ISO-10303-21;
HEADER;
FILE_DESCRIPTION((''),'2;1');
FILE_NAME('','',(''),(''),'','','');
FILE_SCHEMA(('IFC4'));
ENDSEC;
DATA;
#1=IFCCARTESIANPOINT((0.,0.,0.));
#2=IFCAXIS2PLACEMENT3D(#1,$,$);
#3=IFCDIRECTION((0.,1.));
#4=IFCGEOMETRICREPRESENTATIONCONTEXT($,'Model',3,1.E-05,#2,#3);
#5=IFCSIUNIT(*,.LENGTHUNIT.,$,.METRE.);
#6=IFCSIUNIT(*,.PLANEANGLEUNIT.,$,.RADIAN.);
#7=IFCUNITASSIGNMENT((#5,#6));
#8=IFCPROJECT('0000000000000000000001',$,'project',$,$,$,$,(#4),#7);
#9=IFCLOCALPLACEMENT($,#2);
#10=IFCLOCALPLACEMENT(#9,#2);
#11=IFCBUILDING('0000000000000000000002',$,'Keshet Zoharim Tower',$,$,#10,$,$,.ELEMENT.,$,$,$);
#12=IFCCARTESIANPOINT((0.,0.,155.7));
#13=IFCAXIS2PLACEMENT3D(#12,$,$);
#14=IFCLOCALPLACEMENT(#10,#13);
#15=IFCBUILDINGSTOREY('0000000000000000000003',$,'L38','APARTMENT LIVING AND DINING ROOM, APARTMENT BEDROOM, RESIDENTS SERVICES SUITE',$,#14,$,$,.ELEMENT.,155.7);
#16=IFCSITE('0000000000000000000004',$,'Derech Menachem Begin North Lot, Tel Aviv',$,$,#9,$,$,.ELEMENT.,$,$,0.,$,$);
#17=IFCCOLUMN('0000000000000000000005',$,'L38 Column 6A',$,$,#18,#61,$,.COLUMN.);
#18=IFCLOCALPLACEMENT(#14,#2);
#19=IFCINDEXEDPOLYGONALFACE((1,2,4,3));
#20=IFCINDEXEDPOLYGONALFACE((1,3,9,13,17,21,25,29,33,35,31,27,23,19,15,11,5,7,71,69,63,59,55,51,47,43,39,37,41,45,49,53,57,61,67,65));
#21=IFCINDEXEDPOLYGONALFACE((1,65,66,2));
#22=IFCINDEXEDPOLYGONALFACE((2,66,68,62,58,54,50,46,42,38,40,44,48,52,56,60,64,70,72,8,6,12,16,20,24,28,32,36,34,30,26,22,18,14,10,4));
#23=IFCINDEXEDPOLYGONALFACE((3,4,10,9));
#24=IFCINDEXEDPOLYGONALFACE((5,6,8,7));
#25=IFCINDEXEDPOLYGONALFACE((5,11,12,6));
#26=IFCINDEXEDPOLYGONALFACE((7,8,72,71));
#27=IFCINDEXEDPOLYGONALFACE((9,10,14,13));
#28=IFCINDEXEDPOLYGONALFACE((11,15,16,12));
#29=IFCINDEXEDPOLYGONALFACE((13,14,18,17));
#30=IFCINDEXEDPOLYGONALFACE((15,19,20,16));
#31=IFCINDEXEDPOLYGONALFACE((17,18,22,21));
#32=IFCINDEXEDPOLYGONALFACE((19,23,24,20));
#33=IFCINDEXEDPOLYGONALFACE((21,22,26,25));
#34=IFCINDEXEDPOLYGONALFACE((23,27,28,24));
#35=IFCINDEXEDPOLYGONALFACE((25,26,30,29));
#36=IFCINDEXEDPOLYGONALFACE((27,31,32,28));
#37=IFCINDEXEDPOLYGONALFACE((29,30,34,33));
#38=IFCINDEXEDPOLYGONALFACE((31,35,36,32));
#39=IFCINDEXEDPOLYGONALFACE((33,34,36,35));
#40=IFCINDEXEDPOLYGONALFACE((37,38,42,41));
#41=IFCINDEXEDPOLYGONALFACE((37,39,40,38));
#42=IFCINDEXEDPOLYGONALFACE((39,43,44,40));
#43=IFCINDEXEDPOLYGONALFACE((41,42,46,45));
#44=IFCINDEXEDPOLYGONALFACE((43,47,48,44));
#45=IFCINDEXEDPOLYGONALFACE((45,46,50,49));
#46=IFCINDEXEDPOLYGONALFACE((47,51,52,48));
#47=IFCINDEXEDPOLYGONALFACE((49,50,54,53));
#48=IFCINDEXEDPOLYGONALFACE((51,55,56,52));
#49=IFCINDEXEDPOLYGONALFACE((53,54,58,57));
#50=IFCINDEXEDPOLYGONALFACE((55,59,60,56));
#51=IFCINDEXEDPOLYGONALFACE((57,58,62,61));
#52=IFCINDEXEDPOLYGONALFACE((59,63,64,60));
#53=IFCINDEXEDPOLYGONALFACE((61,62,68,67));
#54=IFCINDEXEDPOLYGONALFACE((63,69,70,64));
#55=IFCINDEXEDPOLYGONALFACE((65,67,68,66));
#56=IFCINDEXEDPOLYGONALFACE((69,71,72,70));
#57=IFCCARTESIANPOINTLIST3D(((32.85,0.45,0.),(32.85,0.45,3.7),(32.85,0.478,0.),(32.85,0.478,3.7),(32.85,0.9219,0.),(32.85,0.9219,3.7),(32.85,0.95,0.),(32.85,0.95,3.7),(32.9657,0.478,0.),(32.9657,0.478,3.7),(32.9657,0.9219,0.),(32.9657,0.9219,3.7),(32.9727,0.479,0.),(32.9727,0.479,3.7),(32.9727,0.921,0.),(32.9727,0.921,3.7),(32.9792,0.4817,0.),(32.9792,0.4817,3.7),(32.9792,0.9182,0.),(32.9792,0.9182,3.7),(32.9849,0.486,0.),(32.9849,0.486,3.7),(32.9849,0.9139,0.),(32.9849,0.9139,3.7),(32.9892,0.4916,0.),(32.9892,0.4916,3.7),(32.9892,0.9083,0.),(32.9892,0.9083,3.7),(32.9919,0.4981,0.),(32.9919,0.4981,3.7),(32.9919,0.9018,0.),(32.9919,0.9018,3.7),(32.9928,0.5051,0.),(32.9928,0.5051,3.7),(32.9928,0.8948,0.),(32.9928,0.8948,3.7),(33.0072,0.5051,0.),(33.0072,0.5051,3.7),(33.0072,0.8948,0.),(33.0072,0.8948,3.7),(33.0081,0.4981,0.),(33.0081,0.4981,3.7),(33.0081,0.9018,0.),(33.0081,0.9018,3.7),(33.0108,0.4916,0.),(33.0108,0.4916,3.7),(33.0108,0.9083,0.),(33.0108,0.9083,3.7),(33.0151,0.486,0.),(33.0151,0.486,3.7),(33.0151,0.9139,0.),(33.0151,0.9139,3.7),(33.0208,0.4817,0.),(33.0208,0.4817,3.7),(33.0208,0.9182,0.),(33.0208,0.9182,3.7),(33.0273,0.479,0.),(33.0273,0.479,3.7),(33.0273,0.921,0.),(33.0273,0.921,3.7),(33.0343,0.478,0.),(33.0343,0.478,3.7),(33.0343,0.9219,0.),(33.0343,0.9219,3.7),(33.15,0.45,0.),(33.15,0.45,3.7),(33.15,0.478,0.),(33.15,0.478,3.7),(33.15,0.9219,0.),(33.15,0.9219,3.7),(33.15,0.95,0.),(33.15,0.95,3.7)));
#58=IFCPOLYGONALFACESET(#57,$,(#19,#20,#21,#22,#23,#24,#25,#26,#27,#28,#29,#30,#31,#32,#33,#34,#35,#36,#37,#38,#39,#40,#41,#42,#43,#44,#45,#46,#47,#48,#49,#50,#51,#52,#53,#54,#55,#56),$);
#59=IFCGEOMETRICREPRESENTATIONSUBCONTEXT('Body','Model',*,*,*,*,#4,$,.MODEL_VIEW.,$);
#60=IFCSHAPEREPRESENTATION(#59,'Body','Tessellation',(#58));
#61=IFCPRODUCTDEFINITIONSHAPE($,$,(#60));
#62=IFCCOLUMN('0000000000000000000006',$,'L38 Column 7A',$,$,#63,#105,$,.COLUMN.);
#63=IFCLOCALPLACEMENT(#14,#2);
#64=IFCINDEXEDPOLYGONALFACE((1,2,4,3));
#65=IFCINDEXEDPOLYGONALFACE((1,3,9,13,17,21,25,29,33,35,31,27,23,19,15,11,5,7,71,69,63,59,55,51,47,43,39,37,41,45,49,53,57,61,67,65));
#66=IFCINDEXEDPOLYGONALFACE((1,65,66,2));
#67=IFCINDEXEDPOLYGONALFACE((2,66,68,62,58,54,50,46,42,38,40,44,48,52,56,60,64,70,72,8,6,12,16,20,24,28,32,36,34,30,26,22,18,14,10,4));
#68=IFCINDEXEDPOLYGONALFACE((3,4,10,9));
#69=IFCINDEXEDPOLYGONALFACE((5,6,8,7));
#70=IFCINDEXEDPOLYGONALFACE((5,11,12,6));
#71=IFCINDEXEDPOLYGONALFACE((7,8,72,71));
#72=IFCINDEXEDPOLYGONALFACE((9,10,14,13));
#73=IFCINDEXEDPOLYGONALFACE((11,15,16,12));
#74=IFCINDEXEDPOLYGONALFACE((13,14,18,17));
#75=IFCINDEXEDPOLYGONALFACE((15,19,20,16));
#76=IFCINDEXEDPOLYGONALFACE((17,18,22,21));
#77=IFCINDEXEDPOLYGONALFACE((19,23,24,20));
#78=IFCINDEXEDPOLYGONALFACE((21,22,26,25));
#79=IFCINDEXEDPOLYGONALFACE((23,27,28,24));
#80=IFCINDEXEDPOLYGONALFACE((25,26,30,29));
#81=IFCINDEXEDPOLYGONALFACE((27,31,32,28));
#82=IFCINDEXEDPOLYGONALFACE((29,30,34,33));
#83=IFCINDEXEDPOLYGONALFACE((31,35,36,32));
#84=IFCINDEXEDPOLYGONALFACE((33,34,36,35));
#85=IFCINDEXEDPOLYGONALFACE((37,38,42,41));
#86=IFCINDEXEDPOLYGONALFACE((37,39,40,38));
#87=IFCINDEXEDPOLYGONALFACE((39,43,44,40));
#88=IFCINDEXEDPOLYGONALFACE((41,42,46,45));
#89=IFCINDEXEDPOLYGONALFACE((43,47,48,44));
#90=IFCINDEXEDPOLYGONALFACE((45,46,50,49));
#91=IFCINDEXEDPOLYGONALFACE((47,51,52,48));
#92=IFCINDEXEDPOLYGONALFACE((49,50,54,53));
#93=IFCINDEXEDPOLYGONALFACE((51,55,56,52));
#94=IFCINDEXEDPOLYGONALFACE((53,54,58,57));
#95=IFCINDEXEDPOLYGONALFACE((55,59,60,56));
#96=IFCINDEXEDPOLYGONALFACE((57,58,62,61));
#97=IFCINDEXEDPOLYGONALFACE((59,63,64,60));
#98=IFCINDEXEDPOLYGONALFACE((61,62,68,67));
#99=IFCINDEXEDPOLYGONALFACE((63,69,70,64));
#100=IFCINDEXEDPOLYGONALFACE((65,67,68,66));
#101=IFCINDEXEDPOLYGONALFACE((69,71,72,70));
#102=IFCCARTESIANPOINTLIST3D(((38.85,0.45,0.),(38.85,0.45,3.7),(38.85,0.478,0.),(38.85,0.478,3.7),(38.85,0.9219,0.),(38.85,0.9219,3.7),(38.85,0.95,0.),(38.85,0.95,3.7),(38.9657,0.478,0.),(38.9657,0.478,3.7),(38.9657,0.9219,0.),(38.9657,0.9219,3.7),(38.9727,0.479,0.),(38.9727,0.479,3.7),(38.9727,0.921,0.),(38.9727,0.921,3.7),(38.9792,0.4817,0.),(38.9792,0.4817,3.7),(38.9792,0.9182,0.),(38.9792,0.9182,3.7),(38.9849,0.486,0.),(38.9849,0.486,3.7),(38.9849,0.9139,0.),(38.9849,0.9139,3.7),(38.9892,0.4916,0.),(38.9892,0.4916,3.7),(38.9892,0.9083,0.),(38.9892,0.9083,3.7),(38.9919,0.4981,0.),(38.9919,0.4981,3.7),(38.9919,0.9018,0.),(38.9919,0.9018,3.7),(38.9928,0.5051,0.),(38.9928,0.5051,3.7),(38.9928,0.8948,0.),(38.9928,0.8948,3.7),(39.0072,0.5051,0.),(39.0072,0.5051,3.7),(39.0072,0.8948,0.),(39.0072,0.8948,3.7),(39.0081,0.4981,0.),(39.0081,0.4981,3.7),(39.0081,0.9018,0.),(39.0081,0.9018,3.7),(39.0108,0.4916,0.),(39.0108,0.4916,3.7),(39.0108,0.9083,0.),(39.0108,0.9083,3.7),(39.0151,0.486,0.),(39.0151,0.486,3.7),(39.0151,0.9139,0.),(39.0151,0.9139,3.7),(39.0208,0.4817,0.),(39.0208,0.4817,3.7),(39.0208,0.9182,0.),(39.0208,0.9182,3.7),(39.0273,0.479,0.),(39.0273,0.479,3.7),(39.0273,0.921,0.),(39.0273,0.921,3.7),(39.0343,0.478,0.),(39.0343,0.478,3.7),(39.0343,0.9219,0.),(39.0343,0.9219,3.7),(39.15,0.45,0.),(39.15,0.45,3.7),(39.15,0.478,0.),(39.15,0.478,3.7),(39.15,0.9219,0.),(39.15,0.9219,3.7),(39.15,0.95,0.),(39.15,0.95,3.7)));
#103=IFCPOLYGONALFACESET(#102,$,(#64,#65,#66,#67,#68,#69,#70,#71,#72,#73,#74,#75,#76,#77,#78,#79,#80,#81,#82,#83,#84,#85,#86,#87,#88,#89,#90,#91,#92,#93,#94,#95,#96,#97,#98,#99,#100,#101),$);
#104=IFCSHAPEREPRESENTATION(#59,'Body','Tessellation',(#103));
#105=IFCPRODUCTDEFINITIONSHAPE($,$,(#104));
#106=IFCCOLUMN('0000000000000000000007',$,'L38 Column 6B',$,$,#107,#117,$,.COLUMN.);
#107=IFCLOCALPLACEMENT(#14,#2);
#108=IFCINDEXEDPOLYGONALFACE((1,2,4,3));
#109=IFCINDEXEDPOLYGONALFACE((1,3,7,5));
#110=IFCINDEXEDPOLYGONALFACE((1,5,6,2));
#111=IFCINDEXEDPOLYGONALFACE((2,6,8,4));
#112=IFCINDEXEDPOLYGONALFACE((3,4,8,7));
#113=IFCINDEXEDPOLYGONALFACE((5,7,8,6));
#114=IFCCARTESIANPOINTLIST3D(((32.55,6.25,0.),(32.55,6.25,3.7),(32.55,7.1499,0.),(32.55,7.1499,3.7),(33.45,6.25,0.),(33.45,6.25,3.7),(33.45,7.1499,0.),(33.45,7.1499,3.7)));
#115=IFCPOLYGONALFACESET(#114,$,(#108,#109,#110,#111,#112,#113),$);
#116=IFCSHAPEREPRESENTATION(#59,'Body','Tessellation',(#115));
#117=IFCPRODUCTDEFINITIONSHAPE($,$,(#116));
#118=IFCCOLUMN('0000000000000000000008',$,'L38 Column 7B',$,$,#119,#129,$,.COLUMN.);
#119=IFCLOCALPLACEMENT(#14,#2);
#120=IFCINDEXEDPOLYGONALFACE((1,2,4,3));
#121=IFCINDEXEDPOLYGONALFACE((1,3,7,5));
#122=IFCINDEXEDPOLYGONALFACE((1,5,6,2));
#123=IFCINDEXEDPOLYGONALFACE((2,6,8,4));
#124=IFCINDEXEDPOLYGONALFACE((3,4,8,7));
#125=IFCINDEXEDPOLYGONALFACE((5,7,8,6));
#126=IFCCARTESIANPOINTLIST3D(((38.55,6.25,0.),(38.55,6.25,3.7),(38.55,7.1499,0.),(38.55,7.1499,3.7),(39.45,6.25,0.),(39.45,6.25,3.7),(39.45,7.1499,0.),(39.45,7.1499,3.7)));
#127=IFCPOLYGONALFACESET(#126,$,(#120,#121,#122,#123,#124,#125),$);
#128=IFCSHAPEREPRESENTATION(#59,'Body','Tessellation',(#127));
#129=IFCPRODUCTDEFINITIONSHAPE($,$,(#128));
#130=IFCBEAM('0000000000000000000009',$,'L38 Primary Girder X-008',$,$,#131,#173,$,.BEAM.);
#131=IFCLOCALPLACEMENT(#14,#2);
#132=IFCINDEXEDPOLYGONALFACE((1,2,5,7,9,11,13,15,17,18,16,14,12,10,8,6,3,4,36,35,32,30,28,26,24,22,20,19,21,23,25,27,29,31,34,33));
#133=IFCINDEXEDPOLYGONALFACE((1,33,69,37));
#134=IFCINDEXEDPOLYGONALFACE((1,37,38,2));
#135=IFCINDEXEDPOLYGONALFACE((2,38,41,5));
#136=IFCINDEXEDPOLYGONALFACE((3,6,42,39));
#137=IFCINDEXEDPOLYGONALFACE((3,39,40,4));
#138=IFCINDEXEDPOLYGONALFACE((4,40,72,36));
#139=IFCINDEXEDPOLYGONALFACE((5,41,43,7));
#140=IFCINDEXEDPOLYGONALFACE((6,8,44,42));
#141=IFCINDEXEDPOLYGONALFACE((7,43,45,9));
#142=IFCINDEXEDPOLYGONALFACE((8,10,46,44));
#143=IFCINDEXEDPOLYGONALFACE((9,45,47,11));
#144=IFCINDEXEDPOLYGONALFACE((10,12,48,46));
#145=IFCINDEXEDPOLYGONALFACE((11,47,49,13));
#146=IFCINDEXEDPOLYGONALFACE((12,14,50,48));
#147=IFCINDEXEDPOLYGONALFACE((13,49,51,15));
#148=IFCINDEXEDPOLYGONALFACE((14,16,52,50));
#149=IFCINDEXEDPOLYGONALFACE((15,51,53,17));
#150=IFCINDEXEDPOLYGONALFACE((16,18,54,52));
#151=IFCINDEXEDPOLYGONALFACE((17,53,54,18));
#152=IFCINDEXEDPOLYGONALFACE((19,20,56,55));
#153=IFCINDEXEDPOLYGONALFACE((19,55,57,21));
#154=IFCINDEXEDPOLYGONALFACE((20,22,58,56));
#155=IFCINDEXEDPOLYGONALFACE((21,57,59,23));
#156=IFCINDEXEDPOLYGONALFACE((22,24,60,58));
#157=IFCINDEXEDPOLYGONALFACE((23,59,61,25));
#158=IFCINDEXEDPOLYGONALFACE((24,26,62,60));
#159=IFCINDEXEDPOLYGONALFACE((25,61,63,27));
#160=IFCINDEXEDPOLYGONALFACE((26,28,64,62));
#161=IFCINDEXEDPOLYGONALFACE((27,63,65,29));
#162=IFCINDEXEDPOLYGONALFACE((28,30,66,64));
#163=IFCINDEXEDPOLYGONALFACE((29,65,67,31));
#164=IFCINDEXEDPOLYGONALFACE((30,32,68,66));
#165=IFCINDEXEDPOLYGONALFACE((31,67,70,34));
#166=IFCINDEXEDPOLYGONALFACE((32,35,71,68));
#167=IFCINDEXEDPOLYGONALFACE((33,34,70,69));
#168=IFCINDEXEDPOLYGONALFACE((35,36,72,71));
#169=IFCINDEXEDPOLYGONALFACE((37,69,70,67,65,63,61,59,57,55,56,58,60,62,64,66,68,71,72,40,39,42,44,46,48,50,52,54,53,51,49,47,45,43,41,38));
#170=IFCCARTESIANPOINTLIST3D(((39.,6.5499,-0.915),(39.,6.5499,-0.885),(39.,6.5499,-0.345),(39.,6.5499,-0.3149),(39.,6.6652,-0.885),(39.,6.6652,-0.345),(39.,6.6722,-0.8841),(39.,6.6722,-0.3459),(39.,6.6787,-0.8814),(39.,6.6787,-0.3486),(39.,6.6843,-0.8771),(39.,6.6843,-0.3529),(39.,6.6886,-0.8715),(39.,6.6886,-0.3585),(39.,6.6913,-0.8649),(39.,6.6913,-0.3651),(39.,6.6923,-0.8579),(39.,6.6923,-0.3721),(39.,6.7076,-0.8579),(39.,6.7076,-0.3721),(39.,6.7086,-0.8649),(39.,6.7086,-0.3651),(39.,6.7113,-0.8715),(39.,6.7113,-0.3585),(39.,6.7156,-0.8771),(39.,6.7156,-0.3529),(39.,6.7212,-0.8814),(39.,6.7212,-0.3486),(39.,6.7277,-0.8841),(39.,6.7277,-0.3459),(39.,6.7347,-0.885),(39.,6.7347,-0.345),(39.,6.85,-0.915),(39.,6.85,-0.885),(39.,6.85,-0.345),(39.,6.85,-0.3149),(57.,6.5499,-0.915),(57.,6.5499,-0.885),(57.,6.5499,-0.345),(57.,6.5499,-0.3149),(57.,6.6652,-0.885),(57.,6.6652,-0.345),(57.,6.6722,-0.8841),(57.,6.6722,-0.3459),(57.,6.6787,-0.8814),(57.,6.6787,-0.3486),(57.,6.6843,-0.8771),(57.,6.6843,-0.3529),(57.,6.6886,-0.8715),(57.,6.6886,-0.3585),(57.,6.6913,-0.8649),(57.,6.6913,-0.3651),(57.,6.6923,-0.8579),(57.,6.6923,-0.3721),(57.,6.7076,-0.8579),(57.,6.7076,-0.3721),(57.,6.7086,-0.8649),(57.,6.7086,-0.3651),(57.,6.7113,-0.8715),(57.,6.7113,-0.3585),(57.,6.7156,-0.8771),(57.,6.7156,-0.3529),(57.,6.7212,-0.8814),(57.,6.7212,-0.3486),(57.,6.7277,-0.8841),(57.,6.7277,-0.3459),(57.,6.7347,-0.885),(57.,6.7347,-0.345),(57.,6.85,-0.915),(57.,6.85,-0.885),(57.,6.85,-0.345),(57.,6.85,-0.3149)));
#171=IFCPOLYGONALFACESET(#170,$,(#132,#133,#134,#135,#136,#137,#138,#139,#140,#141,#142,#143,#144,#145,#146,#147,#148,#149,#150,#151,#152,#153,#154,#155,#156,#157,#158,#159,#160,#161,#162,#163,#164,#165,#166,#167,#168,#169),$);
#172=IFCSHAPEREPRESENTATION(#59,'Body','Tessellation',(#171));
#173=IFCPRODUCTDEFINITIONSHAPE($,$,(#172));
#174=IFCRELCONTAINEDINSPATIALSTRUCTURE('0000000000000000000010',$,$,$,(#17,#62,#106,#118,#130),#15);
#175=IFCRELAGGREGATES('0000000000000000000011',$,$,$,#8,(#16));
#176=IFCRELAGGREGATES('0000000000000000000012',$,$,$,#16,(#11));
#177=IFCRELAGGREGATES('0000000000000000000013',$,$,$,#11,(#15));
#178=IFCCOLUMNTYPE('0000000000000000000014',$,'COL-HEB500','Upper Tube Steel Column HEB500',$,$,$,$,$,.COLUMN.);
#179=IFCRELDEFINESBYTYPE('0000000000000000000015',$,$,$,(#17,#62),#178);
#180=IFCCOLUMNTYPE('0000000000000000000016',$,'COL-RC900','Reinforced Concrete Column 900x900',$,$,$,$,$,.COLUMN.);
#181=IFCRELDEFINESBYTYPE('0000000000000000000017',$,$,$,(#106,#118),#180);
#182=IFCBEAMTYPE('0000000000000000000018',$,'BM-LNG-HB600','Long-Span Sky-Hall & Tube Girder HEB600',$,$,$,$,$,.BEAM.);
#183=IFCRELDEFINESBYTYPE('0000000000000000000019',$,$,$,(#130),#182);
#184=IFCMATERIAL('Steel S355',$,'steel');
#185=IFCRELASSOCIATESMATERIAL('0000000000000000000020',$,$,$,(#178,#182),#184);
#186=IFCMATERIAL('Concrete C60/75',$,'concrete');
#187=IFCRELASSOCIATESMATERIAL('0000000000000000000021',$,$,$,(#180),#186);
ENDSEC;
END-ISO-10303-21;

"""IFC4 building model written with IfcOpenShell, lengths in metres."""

from ifc_helpers import new_model, si_unit, direction, frame, origin, origin_2d, place, context, subcontext, project, spatial, rectangle, i_section, extrude, material, material_profile, profile_set, type_object, element, save


model = new_model("IFC4")

# Units and contexts
model_context = context("Model", 3, precision=1e-05, world=origin(), true_north=direction((0.0, 1.0)))
body_context = subcontext(model_context, "Body", "Model", "MODEL_VIEW")
ifc_project = project(units=[si_unit("LENGTHUNIT", "METRE"), si_unit("PLANEANGLEUNIT", "RADIAN")], contexts=[model_context])

# Site, building, storey
site_placement = place(None, origin())
site = spatial("IfcSite", under=ifc_project, at=site_placement, Name="Derech Menachem Begin North Lot, Tel Aviv", CompositionType="ELEMENT", RefElevation=0.0)
building_placement = place(site_placement, origin())
building = spatial("IfcBuilding", under=site, at=building_placement, Name="Keshet Zoharim Tower", CompositionType="ELEMENT")
storey_placement = place(building_placement, frame((0.0, 0.0, 155.7)))
storey = spatial("IfcBuildingStorey", under=building, at=storey_placement, Name="L38", Description="APARTMENT LIVING AND DINING ROOM, APARTMENT BEDROOM, RESIDENTS SERVICES SUITE", CompositionType="ELEMENT", Elevation=155.7)

# Columns
ifc_material_1 = material(Name="Steel S355", Category="steel")
ifc_material_profile_1 = material_profile(ifc_material_1, i_section(OverallWidth=0.3, OverallDepth=0.5, WebThickness=0.0144, FlangeThickness=0.0281, FilletRadius=0.0271, at=origin_2d()), Name="HEB500")
ifc_profile_set_1 = profile_set([ifc_material_profile_1], Name="Steel S355")
column_type_1 = type_object("IfcColumnType", Name="COL-HEB500", Description="Upper Tube Steel Column HEB500", PredefinedType="COLUMN", material=ifc_profile_set_1)
for number, where, z_axis, x_axis, name in (
    (1, (33.0, 0.7, 0.0), (0.0, 0.0, 1.0), (1.0, 0.0, 0.0), "L38 Column 6A"),
    (2, (39.0, 0.7, 0.0), (0.0, 0.0, 1.0), (1.0, 0.0, 0.0), "L38 Column 7A"),
):
    element("IfcColumn", number, at=place(storey_placement, frame(where, z_axis=z_axis, x_axis=x_axis)), inside=storey, type_object=column_type_1, Name=name, PredefinedType="COLUMN", context=body_context, shape_type="SweptSolid", body=[
        extrude(i_section(OverallWidth=0.3, OverallDepth=0.5, WebThickness=0.0144, FlangeThickness=0.0281, FilletRadius=0.0271, at=origin_2d()), origin(), (0.0, 0.0, 1.0), 3.7),
    ])
ifc_material_2 = material(Name="Concrete C60/75", Category="concrete")
ifc_material_profile_2 = material_profile(ifc_material_2, rectangle(XDim=0.8999, YDim=0.8999, at=origin_2d()), Name="RC900x900")
ifc_profile_set_2 = profile_set([ifc_material_profile_2], Name="Concrete C60/75")
column_type_2 = type_object("IfcColumnType", Name="COL-RC900", Description="Reinforced Concrete Column 900x900", PredefinedType="COLUMN", material=ifc_profile_set_2)
for number, where, z_axis, x_axis, name in (
    (3, (33.0, 6.7, 0.0), (0.0, 0.0, 1.0), (1.0, 0.0, 0.0), "L38 Column 6B"),
    (4, (39.0, 6.7, 0.0), (0.0, 0.0, 1.0), (1.0, 0.0, 0.0), "L38 Column 7B"),
):
    element("IfcColumn", number, at=place(storey_placement, frame(where, z_axis=z_axis, x_axis=x_axis)), inside=storey, type_object=column_type_2, Name=name, PredefinedType="COLUMN", context=body_context, shape_type="SweptSolid", body=[
        extrude(rectangle(XDim=0.8999, YDim=0.8999, at=origin_2d()), origin(), (0.0, 0.0, 1.0), 3.7),
    ])

# Beam
ifc_material_profile_3 = material_profile(ifc_material_1, i_section(OverallWidth=0.3, OverallDepth=0.6001, WebThickness=0.0154, FlangeThickness=0.03, FilletRadius=0.0271, at=origin_2d()), Name="HEB600")
ifc_profile_set_3 = profile_set([ifc_material_profile_3], Name="Steel S355")
beam_type_1 = type_object("IfcBeamType", Name="BM-LNG-HB600", Description="Long-Span Sky-Hall & Tube Girder HEB600", PredefinedType="BEAM", material=ifc_profile_set_3)
beam_placement = place(storey_placement, frame((39.0, 6.7, -0.615), z_axis=(1.0, 0.0, 0.0), x_axis=(0.0, 1.0, 0.0)))
element("IfcBeam", 5, at=beam_placement, inside=storey, type_object=beam_type_1, Name="L38 Primary Girder X-008", PredefinedType="BEAM", context=body_context, shape_type="SweptSolid", body=[
    extrude(i_section(OverallWidth=0.3, OverallDepth=0.6001, WebThickness=0.0154, FlangeThickness=0.03, FilletRadius=0.0271, at=origin_2d()), origin(), (0.0, 0.0, 1.0), 18.0),
])

save(model, "model.ifc")
